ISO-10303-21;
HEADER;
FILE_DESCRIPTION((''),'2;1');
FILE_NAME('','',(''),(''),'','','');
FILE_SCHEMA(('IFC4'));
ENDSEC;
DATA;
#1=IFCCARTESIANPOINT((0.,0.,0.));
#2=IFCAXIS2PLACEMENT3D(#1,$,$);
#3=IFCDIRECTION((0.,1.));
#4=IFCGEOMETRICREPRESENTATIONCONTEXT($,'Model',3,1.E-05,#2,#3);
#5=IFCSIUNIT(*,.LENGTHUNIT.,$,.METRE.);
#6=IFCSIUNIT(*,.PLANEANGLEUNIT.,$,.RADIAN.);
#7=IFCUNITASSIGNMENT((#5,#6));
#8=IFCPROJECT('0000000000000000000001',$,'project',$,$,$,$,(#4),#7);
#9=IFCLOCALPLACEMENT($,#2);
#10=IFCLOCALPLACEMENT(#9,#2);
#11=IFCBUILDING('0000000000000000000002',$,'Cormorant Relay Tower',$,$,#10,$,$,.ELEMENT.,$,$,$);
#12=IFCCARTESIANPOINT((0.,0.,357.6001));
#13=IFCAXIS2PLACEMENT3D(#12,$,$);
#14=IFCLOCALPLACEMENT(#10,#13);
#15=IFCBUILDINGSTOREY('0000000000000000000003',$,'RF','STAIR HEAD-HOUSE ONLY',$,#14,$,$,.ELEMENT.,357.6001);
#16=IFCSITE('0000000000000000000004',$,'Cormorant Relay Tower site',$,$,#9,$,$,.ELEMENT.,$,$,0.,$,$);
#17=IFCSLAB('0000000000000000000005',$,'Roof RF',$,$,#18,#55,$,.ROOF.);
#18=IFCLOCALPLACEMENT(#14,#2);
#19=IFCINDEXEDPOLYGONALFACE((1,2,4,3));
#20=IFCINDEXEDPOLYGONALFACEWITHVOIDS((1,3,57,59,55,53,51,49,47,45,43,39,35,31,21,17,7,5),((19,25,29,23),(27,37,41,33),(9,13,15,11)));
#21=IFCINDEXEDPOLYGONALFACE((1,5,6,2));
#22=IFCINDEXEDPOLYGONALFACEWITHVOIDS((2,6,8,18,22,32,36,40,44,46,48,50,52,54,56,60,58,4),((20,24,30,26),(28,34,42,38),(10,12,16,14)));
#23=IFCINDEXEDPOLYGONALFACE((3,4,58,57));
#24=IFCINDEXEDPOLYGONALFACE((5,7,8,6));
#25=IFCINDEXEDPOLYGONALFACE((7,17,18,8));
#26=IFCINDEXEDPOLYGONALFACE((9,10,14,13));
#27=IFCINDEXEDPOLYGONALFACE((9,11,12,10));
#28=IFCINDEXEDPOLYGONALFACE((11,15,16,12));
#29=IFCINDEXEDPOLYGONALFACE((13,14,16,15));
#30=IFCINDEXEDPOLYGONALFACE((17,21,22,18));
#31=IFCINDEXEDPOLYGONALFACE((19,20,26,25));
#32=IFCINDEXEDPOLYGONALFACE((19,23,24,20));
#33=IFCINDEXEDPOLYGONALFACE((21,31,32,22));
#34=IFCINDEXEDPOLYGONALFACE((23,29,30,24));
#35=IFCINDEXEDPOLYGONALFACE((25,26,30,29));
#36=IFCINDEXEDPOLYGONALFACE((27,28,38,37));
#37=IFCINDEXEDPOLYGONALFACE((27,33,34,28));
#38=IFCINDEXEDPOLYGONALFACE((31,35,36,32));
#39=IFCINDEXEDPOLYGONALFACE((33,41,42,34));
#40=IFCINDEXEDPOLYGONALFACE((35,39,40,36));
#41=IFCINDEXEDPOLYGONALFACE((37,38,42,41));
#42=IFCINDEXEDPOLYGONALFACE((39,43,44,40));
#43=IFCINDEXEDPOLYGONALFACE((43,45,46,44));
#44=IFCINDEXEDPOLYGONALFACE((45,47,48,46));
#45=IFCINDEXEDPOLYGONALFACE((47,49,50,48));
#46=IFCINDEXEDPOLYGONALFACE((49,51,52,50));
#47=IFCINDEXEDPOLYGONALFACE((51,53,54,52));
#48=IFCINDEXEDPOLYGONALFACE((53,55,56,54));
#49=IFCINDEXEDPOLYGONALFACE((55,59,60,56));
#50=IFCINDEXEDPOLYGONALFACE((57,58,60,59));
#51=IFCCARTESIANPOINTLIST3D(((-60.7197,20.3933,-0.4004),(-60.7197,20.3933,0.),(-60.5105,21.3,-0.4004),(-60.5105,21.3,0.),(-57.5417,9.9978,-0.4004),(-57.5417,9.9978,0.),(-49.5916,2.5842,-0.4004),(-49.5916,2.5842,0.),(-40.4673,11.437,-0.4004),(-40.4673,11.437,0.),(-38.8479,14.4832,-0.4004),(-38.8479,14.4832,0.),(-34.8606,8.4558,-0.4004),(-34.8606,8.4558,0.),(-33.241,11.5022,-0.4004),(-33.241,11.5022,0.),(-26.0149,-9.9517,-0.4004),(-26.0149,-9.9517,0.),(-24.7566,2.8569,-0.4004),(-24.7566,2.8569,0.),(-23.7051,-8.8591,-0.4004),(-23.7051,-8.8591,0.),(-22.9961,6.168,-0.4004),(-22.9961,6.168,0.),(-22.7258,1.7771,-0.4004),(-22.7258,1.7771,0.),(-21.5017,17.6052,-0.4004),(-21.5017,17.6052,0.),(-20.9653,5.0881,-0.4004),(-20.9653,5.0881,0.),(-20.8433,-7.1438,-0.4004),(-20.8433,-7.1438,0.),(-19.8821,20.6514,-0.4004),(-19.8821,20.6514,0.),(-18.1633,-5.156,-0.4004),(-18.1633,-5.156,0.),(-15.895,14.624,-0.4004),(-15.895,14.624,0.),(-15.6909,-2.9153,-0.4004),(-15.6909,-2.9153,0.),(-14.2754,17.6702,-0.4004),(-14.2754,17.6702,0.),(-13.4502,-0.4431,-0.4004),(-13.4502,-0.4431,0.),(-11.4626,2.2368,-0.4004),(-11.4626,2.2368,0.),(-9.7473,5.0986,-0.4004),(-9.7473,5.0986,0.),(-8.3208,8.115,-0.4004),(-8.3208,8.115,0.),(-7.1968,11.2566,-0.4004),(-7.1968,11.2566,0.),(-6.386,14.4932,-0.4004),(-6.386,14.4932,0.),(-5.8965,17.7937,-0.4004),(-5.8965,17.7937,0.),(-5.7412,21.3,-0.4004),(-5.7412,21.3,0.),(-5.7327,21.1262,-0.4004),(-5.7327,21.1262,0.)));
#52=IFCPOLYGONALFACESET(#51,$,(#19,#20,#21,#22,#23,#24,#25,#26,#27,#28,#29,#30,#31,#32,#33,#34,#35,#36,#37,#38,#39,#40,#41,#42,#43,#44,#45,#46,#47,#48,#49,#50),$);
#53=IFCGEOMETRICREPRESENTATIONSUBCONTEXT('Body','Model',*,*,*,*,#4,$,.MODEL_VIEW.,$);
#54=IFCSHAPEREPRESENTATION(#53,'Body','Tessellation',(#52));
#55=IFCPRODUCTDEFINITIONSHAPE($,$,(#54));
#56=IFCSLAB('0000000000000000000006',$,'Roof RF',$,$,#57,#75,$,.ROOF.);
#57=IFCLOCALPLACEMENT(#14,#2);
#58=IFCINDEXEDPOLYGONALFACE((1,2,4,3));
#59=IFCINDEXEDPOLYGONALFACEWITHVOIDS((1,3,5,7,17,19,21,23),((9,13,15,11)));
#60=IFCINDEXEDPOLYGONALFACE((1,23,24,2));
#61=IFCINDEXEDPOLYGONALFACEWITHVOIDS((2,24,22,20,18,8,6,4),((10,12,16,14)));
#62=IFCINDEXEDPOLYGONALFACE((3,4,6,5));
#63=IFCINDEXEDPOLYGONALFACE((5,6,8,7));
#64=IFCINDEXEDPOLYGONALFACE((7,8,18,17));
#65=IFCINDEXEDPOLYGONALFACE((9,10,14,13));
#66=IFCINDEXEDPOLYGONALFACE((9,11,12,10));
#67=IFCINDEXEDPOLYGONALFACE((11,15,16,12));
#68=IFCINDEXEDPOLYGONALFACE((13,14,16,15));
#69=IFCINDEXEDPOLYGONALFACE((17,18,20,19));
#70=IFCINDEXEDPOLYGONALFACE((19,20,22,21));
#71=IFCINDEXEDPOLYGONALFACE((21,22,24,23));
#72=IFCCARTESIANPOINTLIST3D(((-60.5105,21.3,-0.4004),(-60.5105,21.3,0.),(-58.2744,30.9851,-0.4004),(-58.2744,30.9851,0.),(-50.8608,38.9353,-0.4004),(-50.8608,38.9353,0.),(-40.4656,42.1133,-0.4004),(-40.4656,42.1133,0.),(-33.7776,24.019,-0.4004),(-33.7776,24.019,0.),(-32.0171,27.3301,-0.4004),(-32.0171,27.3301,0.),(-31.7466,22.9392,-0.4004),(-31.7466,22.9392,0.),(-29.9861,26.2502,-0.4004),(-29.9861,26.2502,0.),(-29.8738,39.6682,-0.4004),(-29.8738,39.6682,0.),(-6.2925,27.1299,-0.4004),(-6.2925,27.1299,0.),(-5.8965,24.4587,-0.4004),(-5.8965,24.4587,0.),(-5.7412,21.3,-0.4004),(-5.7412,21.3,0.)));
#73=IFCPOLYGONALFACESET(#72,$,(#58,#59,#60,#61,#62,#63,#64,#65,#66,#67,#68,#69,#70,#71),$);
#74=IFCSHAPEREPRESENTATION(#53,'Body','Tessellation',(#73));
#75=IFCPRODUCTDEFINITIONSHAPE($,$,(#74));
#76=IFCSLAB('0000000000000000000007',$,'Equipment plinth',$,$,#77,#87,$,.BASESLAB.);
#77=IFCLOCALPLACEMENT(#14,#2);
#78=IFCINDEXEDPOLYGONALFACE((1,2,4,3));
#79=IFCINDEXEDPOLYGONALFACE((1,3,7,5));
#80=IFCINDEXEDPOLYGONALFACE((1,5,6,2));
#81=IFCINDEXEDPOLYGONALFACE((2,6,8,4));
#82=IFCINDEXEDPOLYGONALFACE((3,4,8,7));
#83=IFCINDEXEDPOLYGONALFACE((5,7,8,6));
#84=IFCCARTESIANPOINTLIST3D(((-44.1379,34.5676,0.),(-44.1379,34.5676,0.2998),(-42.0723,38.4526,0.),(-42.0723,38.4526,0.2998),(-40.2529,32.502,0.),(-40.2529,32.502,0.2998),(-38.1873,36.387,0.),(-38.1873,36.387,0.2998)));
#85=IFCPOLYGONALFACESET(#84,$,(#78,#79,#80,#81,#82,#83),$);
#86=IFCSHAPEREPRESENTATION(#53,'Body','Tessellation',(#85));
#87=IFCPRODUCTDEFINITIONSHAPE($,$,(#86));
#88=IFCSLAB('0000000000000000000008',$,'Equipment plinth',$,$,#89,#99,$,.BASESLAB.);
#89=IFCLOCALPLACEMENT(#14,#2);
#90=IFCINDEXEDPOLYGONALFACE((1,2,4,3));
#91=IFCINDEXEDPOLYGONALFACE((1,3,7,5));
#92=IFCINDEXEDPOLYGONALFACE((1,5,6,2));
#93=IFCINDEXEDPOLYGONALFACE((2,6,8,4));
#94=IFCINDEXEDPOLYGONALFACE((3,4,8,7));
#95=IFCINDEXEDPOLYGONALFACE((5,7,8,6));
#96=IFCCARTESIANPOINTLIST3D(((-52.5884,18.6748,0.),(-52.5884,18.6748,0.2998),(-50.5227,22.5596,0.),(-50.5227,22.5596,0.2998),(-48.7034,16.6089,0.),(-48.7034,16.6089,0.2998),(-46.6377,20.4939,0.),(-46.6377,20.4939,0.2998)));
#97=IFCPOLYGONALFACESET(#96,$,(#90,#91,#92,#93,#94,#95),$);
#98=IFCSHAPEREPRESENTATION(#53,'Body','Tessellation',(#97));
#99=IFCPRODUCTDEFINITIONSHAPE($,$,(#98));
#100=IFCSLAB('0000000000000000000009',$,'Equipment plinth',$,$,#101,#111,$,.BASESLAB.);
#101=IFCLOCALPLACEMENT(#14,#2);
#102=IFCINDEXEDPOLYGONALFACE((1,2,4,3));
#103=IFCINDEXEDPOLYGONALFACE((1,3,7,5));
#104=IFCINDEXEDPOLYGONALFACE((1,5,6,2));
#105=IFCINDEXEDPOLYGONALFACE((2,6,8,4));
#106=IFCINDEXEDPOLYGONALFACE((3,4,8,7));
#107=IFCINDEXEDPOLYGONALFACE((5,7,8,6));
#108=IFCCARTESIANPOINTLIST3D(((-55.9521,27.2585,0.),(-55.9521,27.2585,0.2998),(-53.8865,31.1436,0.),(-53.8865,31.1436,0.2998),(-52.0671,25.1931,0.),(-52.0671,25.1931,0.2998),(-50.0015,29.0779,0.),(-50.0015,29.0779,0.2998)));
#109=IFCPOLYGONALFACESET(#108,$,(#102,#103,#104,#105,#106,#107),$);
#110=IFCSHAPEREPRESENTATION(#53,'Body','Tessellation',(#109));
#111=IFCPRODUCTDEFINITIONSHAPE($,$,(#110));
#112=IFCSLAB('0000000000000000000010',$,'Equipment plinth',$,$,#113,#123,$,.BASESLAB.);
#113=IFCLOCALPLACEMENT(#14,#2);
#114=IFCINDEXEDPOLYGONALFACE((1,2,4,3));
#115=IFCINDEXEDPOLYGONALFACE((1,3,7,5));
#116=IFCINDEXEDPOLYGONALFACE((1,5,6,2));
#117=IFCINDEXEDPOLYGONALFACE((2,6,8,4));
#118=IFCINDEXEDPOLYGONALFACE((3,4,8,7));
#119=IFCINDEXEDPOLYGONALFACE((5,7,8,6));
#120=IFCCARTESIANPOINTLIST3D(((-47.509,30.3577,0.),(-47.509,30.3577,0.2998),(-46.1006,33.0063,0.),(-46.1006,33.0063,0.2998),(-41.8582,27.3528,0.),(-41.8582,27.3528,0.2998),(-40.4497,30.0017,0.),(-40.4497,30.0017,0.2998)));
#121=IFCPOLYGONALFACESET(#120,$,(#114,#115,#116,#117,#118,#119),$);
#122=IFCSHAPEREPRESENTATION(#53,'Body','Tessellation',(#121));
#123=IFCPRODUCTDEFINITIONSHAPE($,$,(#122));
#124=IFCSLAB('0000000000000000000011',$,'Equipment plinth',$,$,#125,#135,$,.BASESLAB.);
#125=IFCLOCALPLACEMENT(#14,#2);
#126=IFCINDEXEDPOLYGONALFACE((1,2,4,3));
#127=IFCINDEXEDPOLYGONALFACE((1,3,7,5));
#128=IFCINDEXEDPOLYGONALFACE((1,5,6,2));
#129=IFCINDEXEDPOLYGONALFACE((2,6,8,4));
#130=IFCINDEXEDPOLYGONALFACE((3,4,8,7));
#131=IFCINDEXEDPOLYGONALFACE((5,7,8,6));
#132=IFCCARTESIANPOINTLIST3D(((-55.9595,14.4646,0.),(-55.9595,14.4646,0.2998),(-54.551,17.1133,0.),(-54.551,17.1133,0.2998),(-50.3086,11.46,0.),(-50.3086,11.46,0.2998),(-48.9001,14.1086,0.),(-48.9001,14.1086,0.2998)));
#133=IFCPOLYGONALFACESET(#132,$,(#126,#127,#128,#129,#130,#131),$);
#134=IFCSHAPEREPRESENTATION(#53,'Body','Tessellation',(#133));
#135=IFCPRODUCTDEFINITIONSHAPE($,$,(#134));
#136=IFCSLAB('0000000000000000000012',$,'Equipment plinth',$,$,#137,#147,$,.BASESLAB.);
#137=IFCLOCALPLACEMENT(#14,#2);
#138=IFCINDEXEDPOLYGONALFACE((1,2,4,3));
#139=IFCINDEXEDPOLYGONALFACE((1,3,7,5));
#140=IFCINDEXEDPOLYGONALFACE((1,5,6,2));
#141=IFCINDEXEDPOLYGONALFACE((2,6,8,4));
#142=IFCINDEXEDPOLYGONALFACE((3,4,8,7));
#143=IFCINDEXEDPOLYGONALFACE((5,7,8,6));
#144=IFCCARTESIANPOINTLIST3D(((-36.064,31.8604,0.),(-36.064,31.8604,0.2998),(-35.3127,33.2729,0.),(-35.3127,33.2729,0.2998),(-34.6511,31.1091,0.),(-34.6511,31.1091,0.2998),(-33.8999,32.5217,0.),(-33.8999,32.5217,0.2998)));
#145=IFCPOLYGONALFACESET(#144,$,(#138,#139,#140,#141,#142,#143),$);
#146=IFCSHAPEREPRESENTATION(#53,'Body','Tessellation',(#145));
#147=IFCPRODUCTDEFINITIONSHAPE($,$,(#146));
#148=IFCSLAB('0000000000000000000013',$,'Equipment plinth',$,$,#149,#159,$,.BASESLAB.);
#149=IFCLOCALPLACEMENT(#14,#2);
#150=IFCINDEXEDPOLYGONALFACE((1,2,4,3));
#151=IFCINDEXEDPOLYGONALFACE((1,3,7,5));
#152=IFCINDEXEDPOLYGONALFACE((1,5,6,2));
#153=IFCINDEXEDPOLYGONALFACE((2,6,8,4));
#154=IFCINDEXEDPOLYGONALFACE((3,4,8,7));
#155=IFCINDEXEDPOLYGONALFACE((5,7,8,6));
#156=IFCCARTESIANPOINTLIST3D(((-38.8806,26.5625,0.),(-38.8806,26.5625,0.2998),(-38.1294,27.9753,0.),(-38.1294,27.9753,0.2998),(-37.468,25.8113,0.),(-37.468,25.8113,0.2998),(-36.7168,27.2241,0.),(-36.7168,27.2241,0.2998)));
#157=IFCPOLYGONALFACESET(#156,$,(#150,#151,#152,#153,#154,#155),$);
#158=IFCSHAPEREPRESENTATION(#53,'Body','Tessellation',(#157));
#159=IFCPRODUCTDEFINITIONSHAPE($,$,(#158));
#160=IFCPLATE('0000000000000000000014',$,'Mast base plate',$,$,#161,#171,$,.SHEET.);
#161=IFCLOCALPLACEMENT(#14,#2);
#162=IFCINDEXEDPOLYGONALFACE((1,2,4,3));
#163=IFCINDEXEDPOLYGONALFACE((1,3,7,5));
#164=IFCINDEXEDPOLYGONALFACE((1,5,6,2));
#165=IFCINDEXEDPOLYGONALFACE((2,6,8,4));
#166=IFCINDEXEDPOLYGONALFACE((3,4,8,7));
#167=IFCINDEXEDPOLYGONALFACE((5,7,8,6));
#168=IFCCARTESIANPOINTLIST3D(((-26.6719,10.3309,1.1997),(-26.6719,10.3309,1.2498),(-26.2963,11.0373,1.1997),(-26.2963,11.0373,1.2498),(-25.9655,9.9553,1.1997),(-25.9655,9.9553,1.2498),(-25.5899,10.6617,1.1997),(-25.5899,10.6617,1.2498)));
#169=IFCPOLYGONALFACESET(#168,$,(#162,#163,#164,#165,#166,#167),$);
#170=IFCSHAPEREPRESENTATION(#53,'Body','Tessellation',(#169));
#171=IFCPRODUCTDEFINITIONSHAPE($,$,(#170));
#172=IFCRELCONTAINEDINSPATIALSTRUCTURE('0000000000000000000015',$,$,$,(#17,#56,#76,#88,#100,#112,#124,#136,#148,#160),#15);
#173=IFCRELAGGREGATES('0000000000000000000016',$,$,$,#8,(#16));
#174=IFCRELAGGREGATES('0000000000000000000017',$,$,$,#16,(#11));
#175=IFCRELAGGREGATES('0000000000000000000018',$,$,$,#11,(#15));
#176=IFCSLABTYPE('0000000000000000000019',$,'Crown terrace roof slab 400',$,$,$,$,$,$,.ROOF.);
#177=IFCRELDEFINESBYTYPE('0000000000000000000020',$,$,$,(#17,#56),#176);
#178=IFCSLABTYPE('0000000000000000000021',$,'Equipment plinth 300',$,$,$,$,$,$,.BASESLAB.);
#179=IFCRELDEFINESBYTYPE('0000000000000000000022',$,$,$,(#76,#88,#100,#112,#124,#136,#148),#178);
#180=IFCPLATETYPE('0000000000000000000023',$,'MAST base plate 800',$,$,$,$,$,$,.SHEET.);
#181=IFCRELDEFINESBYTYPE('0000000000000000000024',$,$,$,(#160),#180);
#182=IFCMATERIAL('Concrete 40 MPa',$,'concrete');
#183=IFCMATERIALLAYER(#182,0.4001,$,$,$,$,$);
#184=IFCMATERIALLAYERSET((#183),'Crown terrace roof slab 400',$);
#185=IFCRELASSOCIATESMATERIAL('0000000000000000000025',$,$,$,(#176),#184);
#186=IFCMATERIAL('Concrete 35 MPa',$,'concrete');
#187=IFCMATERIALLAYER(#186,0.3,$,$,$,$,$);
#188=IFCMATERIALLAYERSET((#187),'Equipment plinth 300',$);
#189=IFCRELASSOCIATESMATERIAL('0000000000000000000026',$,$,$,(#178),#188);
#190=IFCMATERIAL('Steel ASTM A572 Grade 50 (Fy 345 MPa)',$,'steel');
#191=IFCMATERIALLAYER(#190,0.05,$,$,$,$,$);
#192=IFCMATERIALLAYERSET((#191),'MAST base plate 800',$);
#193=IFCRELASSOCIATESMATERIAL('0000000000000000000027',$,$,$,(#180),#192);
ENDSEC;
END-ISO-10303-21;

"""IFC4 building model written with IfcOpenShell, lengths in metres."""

from ifc_helpers import new_model, si_unit, direction, frame, origin, origin_2d, place, context, subcontext, project, spatial, polyline, rectangle, outline, extrude, material, layer, layer_set, type_object, element, save


model = new_model("IFC4")

# Units and contexts
model_context = context("Model", 3, precision=1e-05, world=origin(), true_north=direction((0.0, 1.0)))
body_context = subcontext(model_context, "Body", "Model", "MODEL_VIEW")
ifc_project = project(units=[si_unit("LENGTHUNIT", "METRE"), si_unit("PLANEANGLEUNIT", "RADIAN")], contexts=[model_context])

# Site, building, storey
site_placement = place(None, origin())
site = spatial("IfcSite", under=ifc_project, at=site_placement, Name="Cormorant Relay Tower site", CompositionType="ELEMENT", RefElevation=0.0)
building_placement = place(site_placement, origin())
building = spatial("IfcBuilding", under=site, at=building_placement, Name="Cormorant Relay Tower", CompositionType="ELEMENT")
storey_placement = place(building_placement, frame((0.0, 0.0, 357.6001)))
storey = spatial("IfcBuildingStorey", under=building, at=storey_placement, Name="RF", Description="STAIR HEAD-HOUSE ONLY", CompositionType="ELEMENT", Elevation=357.6001)

# Slabs
ifc_material_1 = material(Name="Concrete 40 MPa", Category="concrete")
ifc_layer_1 = layer(ifc_material_1, 0.4001)
ifc_layer_set_1 = layer_set([ifc_layer_1], Name="Crown terrace roof slab 400")
slab_type_1 = type_object("IfcSlabType", Name="Crown terrace roof slab 400", PredefinedType="ROOF", material=ifc_layer_set_1)
slab_1_placement = place(storey_placement, frame((0.0, 0.0, -0.4004)))
element("IfcSlab", 1, at=slab_1_placement, inside=storey, type_object=slab_type_1, Name="Roof RF", PredefinedType="ROOF", context=body_context, shape_type="SweptSolid", body=[
    extrude(outline(polyline([(-26.0149, -9.9517), (-23.7051, -8.8591), (-20.8433, -7.1438), (-18.1633, -5.156), (-15.6909, -2.9153), (-13.4502, -0.4431), (-11.4626, 2.2368), (-9.7473, 5.0986), (-8.3208, 8.115), (-7.1968, 11.2566), (-6.386, 14.4932), (-5.8965, 17.7937), (-5.7327, 21.1262), (-5.7412, 21.3), (-60.5105, 21.3), (-60.7197, 20.3933), (-57.5417, 9.9978), (-49.5916, 2.5842), (-26.0149, -9.9517)]), holes=[polyline([(-20.9653, 5.0881), (-22.9961, 6.168), (-24.7566, 2.8569), (-22.7258, 1.7771), (-20.9653, 5.0881)]), polyline([(-34.8606, 8.4558), (-33.241, 11.5022), (-38.8479, 14.4832), (-40.4673, 11.437), (-34.8606, 8.4558)]), polyline([(-19.8821, 20.6514), (-21.5017, 17.6052), (-15.895, 14.624), (-14.2754, 17.6702), (-19.8821, 20.6514)])]), origin(), (0.0, 0.0, 1.0), 0.4004),
])
slab_2_placement = place(storey_placement, frame((0.0, 0.0, -0.4004)))
element("IfcSlab", 2, at=slab_2_placement, inside=storey, type_object=slab_type_1, Name="Roof RF", PredefinedType="ROOF", context=body_context, shape_type="SweptSolid", body=[
    extrude(outline(polyline([(-60.5105, 21.3), (-5.7412, 21.3), (-5.8965, 24.4587), (-6.2925, 27.1299), (-29.8738, 39.6682), (-40.4656, 42.1133), (-50.8608, 38.9353), (-58.2744, 30.9851), (-60.5105, 21.3)]), holes=[polyline([(-29.9861, 26.2502), (-32.0171, 27.3301), (-33.7776, 24.019), (-31.7466, 22.9392), (-29.9861, 26.2502)])]), origin(), (0.0, 0.0, 1.0), 0.4004),
])
ifc_material_2 = material(Name="Concrete 35 MPa", Category="concrete")
ifc_layer_2 = layer(ifc_material_2, 0.3)
ifc_layer_set_2 = layer_set([ifc_layer_2], Name="Equipment plinth 300")
slab_type_2 = type_object("IfcSlabType", Name="Equipment plinth 300", PredefinedType="BASESLAB", material=ifc_layer_set_2)
slab_3_placement = place(storey_placement, origin())
element("IfcSlab", 3, at=slab_3_placement, inside=storey, type_object=slab_type_2, Name="Equipment plinth", PredefinedType="BASESLAB", context=body_context, shape_type="SweptSolid", body=[
    extrude(outline(polyline([(-40.2529, 32.502), (-38.1873, 36.387), (-42.0723, 38.4526), (-44.1379, 34.5676), (-40.2529, 32.502)])), origin(), (0.0, 0.0, 1.0), 0.2998),
])
slab_4_placement = place(storey_placement, origin())
element("IfcSlab", 4, at=slab_4_placement, inside=storey, type_object=slab_type_2, Name="Equipment plinth", PredefinedType="BASESLAB", context=body_context, shape_type="SweptSolid", body=[
    extrude(outline(polyline([(-48.7034, 16.6089), (-46.6377, 20.4939), (-50.5227, 22.5596), (-52.5884, 18.6748), (-48.7034, 16.6089)])), origin(), (0.0, 0.0, 1.0), 0.2998),
])
slab_5_placement = place(storey_placement, origin())
element("IfcSlab", 5, at=slab_5_placement, inside=storey, type_object=slab_type_2, Name="Equipment plinth", PredefinedType="BASESLAB", context=body_context, shape_type="SweptSolid", body=[
    extrude(outline(polyline([(-52.0671, 25.1931), (-50.0015, 29.0779), (-53.8865, 31.1436), (-55.9521, 27.2585), (-52.0671, 25.1931)])), origin(), (0.0, 0.0, 1.0), 0.2998),
])
slab_6_placement = place(storey_placement, origin())
element("IfcSlab", 6, at=slab_6_placement, inside=storey, type_object=slab_type_2, Name="Equipment plinth", PredefinedType="BASESLAB", context=body_context, shape_type="SweptSolid", body=[
    extrude(outline(polyline([(-41.8582, 27.3528), (-40.4497, 30.0017), (-46.1006, 33.0063), (-47.509, 30.3577), (-41.8582, 27.3528)])), origin(), (0.0, 0.0, 1.0), 0.2998),
])
slab_7_placement = place(storey_placement, origin())
element("IfcSlab", 7, at=slab_7_placement, inside=storey, type_object=slab_type_2, Name="Equipment plinth", PredefinedType="BASESLAB", context=body_context, shape_type="SweptSolid", body=[
    extrude(outline(polyline([(-50.3086, 11.46), (-48.9001, 14.1086), (-54.551, 17.1133), (-55.9595, 14.4646), (-50.3086, 11.46)])), origin(), (0.0, 0.0, 1.0), 0.2998),
])
slab_8_placement = place(storey_placement, origin())
element("IfcSlab", 8, at=slab_8_placement, inside=storey, type_object=slab_type_2, Name="Equipment plinth", PredefinedType="BASESLAB", context=body_context, shape_type="SweptSolid", body=[
    extrude(outline(polyline([(-34.6511, 31.1091), (-33.8999, 32.5217), (-35.3127, 33.2729), (-36.064, 31.8604), (-34.6511, 31.1091)])), origin(), (0.0, 0.0, 1.0), 0.2998),
])
slab_9_placement = place(storey_placement, origin())
element("IfcSlab", 9, at=slab_9_placement, inside=storey, type_object=slab_type_2, Name="Equipment plinth", PredefinedType="BASESLAB", context=body_context, shape_type="SweptSolid", body=[
    extrude(outline(polyline([(-37.468, 25.8113), (-36.7168, 27.2241), (-38.1294, 27.9753), (-38.8806, 26.5625), (-37.468, 25.8113)])), origin(), (0.0, 0.0, 1.0), 0.2998),
])

# Plate
ifc_material_3 = material(Name="Steel ASTM A572 Grade 50 (Fy 345 MPa)", Category="steel")
ifc_layer_3 = layer(ifc_material_3, 0.05)
ifc_layer_set_3 = layer_set([ifc_layer_3], Name="MAST base plate 800")
plate_type = type_object("IfcPlateType", Name="MAST base plate 800", PredefinedType="SHEET", material=ifc_layer_set_3)
plate_placement = place(storey_placement, frame((-26.1309, 10.4963, 1.1997), z_axis=(0.0, 0.0, 1.0), x_axis=(-0.882948, 0.469472, 0.0)))
element("IfcPlate", 10, at=plate_placement, inside=storey, type_object=plate_type, Name="Mast base plate", PredefinedType="SHEET", context=body_context, shape_type="SweptSolid", body=[
    extrude(rectangle(XDim=0.8, YDim=0.8, at=origin_2d()), origin(), (0.0, 0.0, 1.0), 0.05),
])

save(model, "model.ifc")
